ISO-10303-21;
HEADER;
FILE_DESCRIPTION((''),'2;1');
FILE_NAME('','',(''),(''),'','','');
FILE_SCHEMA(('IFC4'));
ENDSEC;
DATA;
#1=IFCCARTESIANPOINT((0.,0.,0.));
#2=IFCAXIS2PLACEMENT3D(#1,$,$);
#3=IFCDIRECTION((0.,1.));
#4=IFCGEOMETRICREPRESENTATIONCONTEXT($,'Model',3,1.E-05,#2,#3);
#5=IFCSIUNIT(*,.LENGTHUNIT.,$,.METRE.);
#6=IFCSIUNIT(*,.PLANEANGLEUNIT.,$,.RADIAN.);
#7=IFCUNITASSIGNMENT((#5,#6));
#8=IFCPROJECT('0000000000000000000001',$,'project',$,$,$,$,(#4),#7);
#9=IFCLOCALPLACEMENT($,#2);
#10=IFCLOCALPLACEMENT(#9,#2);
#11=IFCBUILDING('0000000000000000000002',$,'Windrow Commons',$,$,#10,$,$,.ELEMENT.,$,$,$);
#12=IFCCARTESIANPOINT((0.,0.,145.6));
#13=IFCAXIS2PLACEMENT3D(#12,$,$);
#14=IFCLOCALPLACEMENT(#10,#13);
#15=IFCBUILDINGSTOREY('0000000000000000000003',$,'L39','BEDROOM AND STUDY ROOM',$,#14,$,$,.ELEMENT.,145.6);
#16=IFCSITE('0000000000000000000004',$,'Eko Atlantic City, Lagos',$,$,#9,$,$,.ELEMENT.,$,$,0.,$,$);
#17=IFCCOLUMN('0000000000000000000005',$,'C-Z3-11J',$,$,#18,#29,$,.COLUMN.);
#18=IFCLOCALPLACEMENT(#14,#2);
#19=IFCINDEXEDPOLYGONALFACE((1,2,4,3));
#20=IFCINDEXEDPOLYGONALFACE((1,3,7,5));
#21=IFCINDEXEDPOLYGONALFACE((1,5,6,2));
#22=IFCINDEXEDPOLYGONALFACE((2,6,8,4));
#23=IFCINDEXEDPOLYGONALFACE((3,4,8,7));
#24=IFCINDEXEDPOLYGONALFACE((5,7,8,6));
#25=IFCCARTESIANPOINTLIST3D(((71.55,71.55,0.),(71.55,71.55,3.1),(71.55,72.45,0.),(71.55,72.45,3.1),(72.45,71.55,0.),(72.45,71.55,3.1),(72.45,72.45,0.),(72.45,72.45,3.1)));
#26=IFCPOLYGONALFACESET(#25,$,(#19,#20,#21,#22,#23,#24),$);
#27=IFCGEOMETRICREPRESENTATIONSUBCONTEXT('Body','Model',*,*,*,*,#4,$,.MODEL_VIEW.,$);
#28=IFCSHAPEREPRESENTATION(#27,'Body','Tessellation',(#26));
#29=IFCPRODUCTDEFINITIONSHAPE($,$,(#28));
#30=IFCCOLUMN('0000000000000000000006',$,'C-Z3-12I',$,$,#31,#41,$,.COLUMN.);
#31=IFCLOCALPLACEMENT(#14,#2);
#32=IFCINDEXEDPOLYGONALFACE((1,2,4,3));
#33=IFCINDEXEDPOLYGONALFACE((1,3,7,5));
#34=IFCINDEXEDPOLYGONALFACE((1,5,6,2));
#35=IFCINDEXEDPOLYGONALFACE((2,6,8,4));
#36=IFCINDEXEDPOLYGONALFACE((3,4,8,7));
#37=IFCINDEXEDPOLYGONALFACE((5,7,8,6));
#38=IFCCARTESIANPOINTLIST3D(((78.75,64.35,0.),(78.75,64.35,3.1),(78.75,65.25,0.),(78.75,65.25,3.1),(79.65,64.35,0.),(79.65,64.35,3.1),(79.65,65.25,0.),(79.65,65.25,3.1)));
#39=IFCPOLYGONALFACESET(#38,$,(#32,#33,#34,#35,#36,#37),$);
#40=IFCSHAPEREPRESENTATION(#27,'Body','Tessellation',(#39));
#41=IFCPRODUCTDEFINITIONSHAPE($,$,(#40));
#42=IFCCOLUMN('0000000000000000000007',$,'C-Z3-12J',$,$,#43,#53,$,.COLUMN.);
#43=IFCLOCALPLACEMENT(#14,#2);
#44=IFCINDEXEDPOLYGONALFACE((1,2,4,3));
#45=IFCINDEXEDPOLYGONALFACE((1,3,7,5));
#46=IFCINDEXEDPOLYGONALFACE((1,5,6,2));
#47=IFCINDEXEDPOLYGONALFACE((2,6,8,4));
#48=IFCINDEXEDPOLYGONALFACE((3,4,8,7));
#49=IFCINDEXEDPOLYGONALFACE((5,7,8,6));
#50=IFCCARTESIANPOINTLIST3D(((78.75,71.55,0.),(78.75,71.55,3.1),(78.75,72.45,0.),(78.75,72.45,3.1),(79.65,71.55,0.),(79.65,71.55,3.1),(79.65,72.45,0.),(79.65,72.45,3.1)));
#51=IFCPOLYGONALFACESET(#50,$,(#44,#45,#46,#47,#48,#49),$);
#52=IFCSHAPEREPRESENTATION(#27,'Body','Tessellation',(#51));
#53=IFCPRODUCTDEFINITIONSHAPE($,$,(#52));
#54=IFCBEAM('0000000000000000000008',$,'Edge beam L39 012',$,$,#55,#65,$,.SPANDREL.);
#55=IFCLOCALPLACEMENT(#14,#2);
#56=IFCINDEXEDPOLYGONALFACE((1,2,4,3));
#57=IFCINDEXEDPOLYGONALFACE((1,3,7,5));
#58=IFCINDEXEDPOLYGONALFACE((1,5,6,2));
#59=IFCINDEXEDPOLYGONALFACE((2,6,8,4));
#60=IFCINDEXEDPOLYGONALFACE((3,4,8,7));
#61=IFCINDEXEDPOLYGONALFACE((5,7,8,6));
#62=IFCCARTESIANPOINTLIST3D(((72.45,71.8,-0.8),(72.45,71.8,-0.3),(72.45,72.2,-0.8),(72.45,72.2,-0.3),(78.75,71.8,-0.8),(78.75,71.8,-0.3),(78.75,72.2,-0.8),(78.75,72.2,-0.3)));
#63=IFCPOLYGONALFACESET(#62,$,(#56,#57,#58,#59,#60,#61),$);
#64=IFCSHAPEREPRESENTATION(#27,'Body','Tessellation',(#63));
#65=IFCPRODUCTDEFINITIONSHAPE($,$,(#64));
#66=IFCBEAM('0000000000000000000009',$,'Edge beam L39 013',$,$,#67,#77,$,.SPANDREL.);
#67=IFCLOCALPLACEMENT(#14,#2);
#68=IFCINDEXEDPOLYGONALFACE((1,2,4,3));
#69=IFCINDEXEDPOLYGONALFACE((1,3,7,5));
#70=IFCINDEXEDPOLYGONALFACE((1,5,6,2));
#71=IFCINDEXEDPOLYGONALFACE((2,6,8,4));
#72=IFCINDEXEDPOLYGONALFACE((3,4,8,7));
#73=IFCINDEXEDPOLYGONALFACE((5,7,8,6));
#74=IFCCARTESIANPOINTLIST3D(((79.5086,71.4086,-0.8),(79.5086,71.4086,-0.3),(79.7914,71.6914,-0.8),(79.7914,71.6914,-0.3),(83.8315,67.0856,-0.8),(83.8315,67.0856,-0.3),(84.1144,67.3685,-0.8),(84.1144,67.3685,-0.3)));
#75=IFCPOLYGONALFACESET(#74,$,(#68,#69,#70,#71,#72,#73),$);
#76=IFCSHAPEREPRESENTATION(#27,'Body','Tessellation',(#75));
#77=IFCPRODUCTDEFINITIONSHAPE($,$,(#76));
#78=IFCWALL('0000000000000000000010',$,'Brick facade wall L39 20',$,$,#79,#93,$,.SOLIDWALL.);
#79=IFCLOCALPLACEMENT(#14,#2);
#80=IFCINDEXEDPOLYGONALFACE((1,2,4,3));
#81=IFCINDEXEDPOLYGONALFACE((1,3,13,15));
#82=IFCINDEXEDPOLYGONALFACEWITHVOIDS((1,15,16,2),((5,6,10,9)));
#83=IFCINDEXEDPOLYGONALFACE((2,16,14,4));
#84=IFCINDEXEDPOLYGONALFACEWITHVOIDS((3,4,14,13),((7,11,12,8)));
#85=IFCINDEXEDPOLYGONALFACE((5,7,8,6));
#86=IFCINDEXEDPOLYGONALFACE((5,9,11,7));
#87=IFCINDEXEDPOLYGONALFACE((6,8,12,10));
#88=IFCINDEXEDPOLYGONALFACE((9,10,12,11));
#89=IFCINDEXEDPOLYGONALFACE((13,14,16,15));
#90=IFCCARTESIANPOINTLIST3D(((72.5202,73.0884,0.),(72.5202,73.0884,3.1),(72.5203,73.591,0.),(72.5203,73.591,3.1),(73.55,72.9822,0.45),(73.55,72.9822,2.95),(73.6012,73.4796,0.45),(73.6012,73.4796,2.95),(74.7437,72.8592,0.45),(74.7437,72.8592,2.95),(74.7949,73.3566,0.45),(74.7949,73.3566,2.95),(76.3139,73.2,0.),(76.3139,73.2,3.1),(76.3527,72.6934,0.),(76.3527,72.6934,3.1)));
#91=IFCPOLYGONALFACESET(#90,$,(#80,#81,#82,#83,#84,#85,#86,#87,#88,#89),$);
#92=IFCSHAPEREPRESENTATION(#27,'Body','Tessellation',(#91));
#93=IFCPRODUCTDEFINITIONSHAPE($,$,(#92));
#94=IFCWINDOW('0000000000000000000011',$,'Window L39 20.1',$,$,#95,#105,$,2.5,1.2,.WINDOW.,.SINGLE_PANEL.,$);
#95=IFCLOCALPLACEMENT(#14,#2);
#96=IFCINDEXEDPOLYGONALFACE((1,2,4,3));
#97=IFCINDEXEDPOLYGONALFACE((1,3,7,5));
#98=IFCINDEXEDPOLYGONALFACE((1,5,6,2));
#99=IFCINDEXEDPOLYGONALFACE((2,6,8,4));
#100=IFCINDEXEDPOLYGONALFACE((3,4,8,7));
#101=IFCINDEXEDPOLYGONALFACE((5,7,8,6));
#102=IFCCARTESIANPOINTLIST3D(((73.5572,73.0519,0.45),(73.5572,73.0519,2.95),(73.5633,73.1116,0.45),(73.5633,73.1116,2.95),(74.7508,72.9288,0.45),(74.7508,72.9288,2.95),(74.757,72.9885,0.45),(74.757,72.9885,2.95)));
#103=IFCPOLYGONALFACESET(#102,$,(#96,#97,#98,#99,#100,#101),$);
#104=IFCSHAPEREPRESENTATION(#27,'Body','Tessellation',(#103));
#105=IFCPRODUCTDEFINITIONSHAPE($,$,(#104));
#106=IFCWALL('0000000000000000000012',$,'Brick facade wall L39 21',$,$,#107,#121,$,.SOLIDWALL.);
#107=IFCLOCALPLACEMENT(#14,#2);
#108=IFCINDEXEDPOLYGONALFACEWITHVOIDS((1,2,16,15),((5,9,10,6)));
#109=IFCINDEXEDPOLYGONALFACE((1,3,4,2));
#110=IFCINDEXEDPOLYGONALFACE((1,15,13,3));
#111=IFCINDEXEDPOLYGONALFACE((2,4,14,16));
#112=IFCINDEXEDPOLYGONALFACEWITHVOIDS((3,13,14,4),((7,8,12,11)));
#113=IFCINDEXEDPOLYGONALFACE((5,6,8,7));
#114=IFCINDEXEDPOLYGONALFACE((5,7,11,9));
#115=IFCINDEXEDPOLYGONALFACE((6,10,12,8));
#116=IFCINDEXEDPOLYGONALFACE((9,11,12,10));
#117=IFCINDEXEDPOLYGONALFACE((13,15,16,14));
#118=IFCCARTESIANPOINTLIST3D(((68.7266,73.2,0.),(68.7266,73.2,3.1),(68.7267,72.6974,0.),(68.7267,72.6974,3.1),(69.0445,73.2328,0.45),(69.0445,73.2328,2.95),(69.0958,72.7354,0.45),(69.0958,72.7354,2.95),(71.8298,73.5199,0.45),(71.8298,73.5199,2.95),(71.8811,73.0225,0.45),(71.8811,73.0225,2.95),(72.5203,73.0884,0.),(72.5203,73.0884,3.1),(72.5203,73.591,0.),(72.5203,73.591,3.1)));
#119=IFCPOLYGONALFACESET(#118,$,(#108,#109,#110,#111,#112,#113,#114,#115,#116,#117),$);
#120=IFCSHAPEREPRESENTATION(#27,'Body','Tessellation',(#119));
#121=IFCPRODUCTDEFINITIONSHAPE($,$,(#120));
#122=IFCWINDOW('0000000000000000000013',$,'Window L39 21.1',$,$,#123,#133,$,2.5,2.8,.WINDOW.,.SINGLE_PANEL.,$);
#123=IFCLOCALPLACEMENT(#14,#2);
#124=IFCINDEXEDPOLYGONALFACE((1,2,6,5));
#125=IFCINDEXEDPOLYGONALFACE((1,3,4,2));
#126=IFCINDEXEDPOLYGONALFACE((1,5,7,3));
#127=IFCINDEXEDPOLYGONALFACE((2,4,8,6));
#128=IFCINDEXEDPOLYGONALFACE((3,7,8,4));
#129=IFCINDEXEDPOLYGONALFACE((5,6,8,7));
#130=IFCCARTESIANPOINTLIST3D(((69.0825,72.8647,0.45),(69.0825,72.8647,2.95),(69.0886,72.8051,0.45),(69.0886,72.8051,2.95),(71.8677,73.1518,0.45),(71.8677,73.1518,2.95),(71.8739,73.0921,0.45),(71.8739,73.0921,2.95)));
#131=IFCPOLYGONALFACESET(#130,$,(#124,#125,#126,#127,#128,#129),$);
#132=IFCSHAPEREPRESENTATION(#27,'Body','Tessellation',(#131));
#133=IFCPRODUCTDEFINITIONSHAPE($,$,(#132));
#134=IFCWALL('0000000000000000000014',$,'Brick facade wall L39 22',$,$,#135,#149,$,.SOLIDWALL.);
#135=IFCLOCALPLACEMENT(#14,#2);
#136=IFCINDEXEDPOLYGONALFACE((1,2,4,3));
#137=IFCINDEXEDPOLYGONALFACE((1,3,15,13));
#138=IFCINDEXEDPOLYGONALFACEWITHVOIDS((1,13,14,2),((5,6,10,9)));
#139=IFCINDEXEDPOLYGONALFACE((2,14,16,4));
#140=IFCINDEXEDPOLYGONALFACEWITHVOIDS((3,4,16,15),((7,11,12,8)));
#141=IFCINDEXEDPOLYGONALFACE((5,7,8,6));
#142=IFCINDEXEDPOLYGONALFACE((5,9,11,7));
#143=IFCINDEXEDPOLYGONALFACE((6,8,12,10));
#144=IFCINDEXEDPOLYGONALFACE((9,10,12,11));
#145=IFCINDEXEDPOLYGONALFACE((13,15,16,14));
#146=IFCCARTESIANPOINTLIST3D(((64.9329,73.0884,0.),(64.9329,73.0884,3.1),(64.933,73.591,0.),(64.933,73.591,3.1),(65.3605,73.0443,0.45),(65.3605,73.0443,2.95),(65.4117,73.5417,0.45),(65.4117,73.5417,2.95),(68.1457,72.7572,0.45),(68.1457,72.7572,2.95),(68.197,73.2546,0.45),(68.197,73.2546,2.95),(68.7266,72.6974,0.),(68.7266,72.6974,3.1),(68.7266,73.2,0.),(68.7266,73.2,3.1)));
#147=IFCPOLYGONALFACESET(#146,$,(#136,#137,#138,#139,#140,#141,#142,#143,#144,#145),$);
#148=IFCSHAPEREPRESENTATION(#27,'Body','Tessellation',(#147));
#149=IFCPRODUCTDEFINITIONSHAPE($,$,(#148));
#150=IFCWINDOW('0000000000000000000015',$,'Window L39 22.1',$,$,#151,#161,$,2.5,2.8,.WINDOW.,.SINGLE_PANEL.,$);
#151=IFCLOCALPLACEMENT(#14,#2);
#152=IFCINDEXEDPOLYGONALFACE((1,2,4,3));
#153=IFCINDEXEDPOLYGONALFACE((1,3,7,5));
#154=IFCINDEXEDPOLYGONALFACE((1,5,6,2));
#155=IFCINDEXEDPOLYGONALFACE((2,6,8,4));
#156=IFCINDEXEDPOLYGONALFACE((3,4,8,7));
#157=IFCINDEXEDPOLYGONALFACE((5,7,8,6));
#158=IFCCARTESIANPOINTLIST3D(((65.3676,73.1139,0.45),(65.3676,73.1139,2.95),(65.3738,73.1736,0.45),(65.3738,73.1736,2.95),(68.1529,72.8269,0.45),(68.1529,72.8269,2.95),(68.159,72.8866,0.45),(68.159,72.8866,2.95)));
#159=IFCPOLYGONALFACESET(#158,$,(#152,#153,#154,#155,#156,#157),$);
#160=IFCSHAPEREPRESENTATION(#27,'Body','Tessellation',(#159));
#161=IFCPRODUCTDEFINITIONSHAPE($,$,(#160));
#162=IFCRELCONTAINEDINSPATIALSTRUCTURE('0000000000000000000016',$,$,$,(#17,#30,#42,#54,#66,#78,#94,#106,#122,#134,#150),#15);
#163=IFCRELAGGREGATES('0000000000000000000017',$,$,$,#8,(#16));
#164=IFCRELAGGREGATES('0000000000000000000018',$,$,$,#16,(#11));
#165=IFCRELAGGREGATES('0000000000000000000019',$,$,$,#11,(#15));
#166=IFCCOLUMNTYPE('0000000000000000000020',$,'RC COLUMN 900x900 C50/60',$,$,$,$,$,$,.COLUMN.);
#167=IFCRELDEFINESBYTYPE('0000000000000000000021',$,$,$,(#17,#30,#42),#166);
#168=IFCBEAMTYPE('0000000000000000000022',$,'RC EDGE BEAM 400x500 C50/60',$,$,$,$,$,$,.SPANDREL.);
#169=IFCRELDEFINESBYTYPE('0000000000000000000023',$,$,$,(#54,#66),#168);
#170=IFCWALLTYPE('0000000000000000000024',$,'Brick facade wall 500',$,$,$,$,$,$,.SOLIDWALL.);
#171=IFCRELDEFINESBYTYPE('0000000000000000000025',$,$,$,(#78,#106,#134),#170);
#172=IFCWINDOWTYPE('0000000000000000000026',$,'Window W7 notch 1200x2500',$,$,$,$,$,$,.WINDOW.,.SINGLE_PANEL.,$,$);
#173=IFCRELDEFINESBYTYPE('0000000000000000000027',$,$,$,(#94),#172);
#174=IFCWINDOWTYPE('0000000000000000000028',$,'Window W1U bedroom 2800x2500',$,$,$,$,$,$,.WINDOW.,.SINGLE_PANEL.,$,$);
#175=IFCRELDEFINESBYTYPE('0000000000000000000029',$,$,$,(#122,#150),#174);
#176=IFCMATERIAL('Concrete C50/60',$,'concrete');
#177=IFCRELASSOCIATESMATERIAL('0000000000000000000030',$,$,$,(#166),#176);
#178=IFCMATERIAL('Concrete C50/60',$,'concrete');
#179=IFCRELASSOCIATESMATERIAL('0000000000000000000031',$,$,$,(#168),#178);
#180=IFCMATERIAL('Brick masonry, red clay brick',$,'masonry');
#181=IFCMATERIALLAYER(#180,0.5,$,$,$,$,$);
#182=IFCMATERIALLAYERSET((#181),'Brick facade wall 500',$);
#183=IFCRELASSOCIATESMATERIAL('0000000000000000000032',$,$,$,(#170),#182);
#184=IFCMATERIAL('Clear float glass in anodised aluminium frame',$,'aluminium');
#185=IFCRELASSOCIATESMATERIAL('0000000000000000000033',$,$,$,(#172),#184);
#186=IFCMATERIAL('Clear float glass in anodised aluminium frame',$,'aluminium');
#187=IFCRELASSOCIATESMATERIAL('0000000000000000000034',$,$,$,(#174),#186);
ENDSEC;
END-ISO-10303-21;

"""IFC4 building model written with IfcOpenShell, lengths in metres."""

from ifc_helpers import new_model, si_unit, direction, frame, frame_2d, origin, origin_2d, place, context, subcontext, project, spatial, polyline, rectangle, outline, extrude, material, layer, layer_set, material_profile, profile_set, type_object, element, fill, save


model = new_model("IFC4")

# Units and contexts
model_context = context("Model", 3, precision=1e-05, world=origin(), true_north=direction((0.0, 1.0)))
body_context = subcontext(model_context, "Body", "Model", "MODEL_VIEW")
ifc_project = project(units=[si_unit("LENGTHUNIT", "METRE"), si_unit("PLANEANGLEUNIT", "RADIAN")], contexts=[model_context])

# Site, building, storey
site_placement = place(None, origin())
site = spatial("IfcSite", under=ifc_project, at=site_placement, Name="Eko Atlantic City, Lagos", CompositionType="ELEMENT", RefElevation=0.0)
building_placement = place(site_placement, origin())
building = spatial("IfcBuilding", under=site, at=building_placement, Name="Windrow Commons", CompositionType="ELEMENT")
storey_placement = place(building_placement, frame((0.0, 0.0, 145.6)))
storey = spatial("IfcBuildingStorey", under=building, at=storey_placement, Name="L39", Description="BEDROOM AND STUDY ROOM", CompositionType="ELEMENT", Elevation=145.6)

# Columns
ifc_material_1 = material(Name="Concrete C50/60", Category="concrete")
ifc_material_profile_1 = material_profile(ifc_material_1, rectangle(XDim=0.9, YDim=0.9, at=origin_2d()))
ifc_profile_set_1 = profile_set([ifc_material_profile_1], Name="Concrete C50/60")
column_type = type_object("IfcColumnType", Name="RC COLUMN 900x900 C50/60", PredefinedType="COLUMN", material=ifc_profile_set_1)
for number, where, z_axis, x_axis, name in (
    (1, (72.0, 72.0, 0.0), (0.0, 0.0, 1.0), (1.0, 0.0, 0.0), "C-Z3-11J"),
    (2, (79.2, 64.8, 0.0), (0.0, 0.0, 1.0), (1.0, 0.0, 0.0), "C-Z3-12I"),
    (3, (79.2, 72.0, 0.0), (0.0, 0.0, 1.0), (1.0, 0.0, 0.0), "C-Z3-12J"),
):
    element("IfcColumn", number, at=place(storey_placement, frame(where, z_axis=z_axis, x_axis=x_axis)), inside=storey, type_object=column_type, Name=name, PredefinedType="COLUMN", context=body_context, shape_type="SweptSolid", body=[
        extrude(rectangle(XDim=0.9, YDim=0.9, at=origin_2d()), origin(), (0.0, 0.0, 1.0), 3.1),
    ])

# Beams
ifc_material_2 = material(Name="Concrete C50/60", Category="concrete")
ifc_material_profile_2 = material_profile(ifc_material_2, rectangle(XDim=0.4, YDim=0.5, at=origin_2d()))
ifc_profile_set_2 = profile_set([ifc_material_profile_2], Name="Concrete C50/60")
beam_type = type_object("IfcBeamType", Name="RC EDGE BEAM 400x500 C50/60", PredefinedType="SPANDREL", material=ifc_profile_set_2)
beam_1_placement = place(storey_placement, frame((72.45, 72.0, -0.55), z_axis=(1.0, 0.0, 0.0), x_axis=(0.0, 1.0, 0.0)))
element("IfcBeam", 4, at=beam_1_placement, inside=storey, type_object=beam_type, Name="Edge beam L39 012", PredefinedType="SPANDREL", context=body_context, shape_type="SweptSolid", body=[
    extrude(rectangle(XDim=0.4, YDim=0.5, at=origin_2d()), origin(), (0.0, 0.0, 1.0), 6.3),
])
beam_2_placement = place(storey_placement, frame((79.65, 71.55, -0.55), z_axis=(0.707107, -0.707107, 0.0), x_axis=(0.707107, 0.707107, 0.0)))
element("IfcBeam", 5, at=beam_2_placement, inside=storey, type_object=beam_type, Name="Edge beam L39 013", PredefinedType="SPANDREL", context=body_context, shape_type="SweptSolid", body=[
    extrude(rectangle(XDim=0.4, YDim=0.5, at=origin_2d()), origin(), (0.0, 0.0, 1.0), 6.1136),
])

# Walls, openings, windows
ifc_material_3 = material(Name="Brick masonry, red clay brick", Category="masonry")
ifc_layer_1 = layer(ifc_material_3, 0.5)
ifc_layer_set_1 = layer_set([ifc_layer_1], Name="Brick facade wall 500")
wall_type_1 = type_object("IfcWallType", Name="Brick facade wall 500", PredefinedType="SOLIDWALL", material=ifc_layer_set_1)
wall_1_placement = place(storey_placement, frame((76.3333, 72.9467, 0.0), z_axis=(0.0, 0.0, 1.0), x_axis=(-0.99473, 0.102525, 0.0)))
wall_1 = element("IfcWall", 6, at=wall_1_placement, inside=storey, type_object=wall_type_1, Name="Brick facade wall L39 20", PredefinedType="SOLIDWALL", context=body_context, shape_type="SweptSolid", body=[
    extrude(outline(polyline([(0.0453, -0.25), (3.859, -0.25), (3.8075, 0.25), (-0.0453, 0.25), (0.0453, -0.25)])), origin(), (0.0, 0.0, 1.0), 3.1),
])
opening_1_placement = place(wall_1_placement, frame((1.5723, 0.0, 0.45)))
opening_1 = element("IfcOpeningElement", 7, at=opening_1_placement, cuts=wall_1, PredefinedType="OPENING", context=body_context, shape_type="SweptSolid", body=[
    extrude(rectangle(XDim=1.2, YDim=2.5, at=frame_2d((0.6, 1.25))), frame((0.0, 0.26, 0.0), z_axis=(0.0, -1.0, 0.0), x_axis=(1.0, 0.0, 0.0)), (0.0, 0.0, 1.0), 0.52),
])
ifc_material_4 = material(Name="Clear float glass in anodised aluminium frame", Category="aluminium")
window_type_1 = type_object("IfcWindowType", Name="Window W7 notch 1200x2500", PartitioningType="SINGLE_PANEL", PredefinedType="WINDOW", material=ifc_material_4)
window_1_placement = place(opening_1_placement, origin())
window_1 = element("IfcWindow", 8, at=window_1_placement, inside=storey, type_object=window_type_1, Name="Window L39 20.1", OverallHeight=2.5, OverallWidth=1.2, PartitioningType="SINGLE_PANEL", PredefinedType="WINDOW", context=body_context, shape_type="SweptSolid", body=[
    extrude(rectangle(XDim=1.2, YDim=2.5, at=frame_2d((0.6, 1.25))), frame((0.0, 0.18, 0.0), z_axis=(0.0, -1.0, 0.0), x_axis=(1.0, 0.0, 0.0)), (0.0, 0.0, 1.0), 0.06),
])
fill(opening_1, window_1)
wall_2_placement = place(storey_placement, frame((72.5203, 73.3397, 0.0), z_axis=(0.0, 0.0, 1.0), x_axis=(-0.994731, -0.102523, 0.0)))
wall_2 = element("IfcWall", 9, at=wall_2_placement, inside=storey, type_object=wall_type_1, Name="Brick facade wall L39 21", PredefinedType="SOLIDWALL", context=body_context, shape_type="SweptSolid", body=[
    extrude(outline(polyline([(-0.0258, -0.25), (3.788, -0.25), (3.8395, 0.25), (0.0258, 0.25), (-0.0258, -0.25)])), origin(), (0.0, 0.0, 1.0), 3.1),
])
opening_2_placement = place(wall_2_placement, frame((0.6684, 0.0, 0.45)))
opening_2 = element("IfcOpeningElement", 10, at=opening_2_placement, cuts=wall_2, PredefinedType="OPENING", context=body_context, shape_type="SweptSolid", body=[
    extrude(rectangle(XDim=2.8, YDim=2.5, at=frame_2d((1.4, 1.25))), frame((0.0, 0.26, 0.0), z_axis=(0.0, -1.0, 0.0), x_axis=(1.0, 0.0, 0.0)), (0.0, 0.0, 1.0), 0.52),
])
ifc_material_5 = material(Name="Clear float glass in anodised aluminium frame", Category="aluminium")
window_type_2 = type_object("IfcWindowType", Name="Window W1U bedroom 2800x2500", PartitioningType="SINGLE_PANEL", PredefinedType="WINDOW", material=ifc_material_5)
window_2_placement = place(opening_2_placement, origin())
window_2 = element("IfcWindow", 11, at=window_2_placement, inside=storey, type_object=window_type_2, Name="Window L39 21.1", OverallHeight=2.5, OverallWidth=2.8, PartitioningType="SINGLE_PANEL", PredefinedType="WINDOW", context=body_context, shape_type="SweptSolid", body=[
    extrude(rectangle(XDim=2.8, YDim=2.5, at=frame_2d((1.4, 1.25))), frame((0.0, 0.18, 0.0), z_axis=(0.0, -1.0, 0.0), x_axis=(1.0, 0.0, 0.0)), (0.0, 0.0, 1.0), 0.06),
])
fill(opening_2, window_2)
wall_3_placement = place(storey_placement, frame((68.7266, 72.9487, 0.0), z_axis=(0.0, 0.0, 1.0), x_axis=(-0.994731, 0.102523, 0.0)))
wall_3 = element("IfcWall", 12, at=wall_3_placement, inside=storey, type_object=wall_type_1, Name="Brick facade wall L39 22", PredefinedType="SOLIDWALL", context=body_context, shape_type="SweptSolid", body=[
    extrude(outline(polyline([(0.0258, -0.25), (3.8395, -0.25), (3.788, 0.25), (-0.0258, 0.25), (0.0258, -0.25)])), origin(), (0.0, 0.0, 1.0), 3.1),
])
opening_3_placement = place(wall_3_placement, frame((0.5582, 0.0, 0.45)))
opening_3 = element("IfcOpeningElement", 13, at=opening_3_placement, cuts=wall_3, PredefinedType="OPENING", context=body_context, shape_type="SweptSolid", body=[
    extrude(rectangle(XDim=2.8, YDim=2.5, at=frame_2d((1.4, 1.25))), frame((0.0, 0.26, 0.0), z_axis=(0.0, -1.0, 0.0), x_axis=(1.0, 0.0, 0.0)), (0.0, 0.0, 1.0), 0.52),
])
window_3_placement = place(opening_3_placement, origin())
window_3 = element("IfcWindow", 14, at=window_3_placement, inside=storey, type_object=window_type_2, Name="Window L39 22.1", OverallHeight=2.5, OverallWidth=2.8, PartitioningType="SINGLE_PANEL", PredefinedType="WINDOW", context=body_context, shape_type="SweptSolid", body=[
    extrude(rectangle(XDim=2.8, YDim=2.5, at=frame_2d((1.4, 1.25))), frame((0.0, 0.18, 0.0), z_axis=(0.0, -1.0, 0.0), x_axis=(1.0, 0.0, 0.0)), (0.0, 0.0, 1.0), 0.06),
])
fill(opening_3, window_3)

save(model, "model.ifc")
